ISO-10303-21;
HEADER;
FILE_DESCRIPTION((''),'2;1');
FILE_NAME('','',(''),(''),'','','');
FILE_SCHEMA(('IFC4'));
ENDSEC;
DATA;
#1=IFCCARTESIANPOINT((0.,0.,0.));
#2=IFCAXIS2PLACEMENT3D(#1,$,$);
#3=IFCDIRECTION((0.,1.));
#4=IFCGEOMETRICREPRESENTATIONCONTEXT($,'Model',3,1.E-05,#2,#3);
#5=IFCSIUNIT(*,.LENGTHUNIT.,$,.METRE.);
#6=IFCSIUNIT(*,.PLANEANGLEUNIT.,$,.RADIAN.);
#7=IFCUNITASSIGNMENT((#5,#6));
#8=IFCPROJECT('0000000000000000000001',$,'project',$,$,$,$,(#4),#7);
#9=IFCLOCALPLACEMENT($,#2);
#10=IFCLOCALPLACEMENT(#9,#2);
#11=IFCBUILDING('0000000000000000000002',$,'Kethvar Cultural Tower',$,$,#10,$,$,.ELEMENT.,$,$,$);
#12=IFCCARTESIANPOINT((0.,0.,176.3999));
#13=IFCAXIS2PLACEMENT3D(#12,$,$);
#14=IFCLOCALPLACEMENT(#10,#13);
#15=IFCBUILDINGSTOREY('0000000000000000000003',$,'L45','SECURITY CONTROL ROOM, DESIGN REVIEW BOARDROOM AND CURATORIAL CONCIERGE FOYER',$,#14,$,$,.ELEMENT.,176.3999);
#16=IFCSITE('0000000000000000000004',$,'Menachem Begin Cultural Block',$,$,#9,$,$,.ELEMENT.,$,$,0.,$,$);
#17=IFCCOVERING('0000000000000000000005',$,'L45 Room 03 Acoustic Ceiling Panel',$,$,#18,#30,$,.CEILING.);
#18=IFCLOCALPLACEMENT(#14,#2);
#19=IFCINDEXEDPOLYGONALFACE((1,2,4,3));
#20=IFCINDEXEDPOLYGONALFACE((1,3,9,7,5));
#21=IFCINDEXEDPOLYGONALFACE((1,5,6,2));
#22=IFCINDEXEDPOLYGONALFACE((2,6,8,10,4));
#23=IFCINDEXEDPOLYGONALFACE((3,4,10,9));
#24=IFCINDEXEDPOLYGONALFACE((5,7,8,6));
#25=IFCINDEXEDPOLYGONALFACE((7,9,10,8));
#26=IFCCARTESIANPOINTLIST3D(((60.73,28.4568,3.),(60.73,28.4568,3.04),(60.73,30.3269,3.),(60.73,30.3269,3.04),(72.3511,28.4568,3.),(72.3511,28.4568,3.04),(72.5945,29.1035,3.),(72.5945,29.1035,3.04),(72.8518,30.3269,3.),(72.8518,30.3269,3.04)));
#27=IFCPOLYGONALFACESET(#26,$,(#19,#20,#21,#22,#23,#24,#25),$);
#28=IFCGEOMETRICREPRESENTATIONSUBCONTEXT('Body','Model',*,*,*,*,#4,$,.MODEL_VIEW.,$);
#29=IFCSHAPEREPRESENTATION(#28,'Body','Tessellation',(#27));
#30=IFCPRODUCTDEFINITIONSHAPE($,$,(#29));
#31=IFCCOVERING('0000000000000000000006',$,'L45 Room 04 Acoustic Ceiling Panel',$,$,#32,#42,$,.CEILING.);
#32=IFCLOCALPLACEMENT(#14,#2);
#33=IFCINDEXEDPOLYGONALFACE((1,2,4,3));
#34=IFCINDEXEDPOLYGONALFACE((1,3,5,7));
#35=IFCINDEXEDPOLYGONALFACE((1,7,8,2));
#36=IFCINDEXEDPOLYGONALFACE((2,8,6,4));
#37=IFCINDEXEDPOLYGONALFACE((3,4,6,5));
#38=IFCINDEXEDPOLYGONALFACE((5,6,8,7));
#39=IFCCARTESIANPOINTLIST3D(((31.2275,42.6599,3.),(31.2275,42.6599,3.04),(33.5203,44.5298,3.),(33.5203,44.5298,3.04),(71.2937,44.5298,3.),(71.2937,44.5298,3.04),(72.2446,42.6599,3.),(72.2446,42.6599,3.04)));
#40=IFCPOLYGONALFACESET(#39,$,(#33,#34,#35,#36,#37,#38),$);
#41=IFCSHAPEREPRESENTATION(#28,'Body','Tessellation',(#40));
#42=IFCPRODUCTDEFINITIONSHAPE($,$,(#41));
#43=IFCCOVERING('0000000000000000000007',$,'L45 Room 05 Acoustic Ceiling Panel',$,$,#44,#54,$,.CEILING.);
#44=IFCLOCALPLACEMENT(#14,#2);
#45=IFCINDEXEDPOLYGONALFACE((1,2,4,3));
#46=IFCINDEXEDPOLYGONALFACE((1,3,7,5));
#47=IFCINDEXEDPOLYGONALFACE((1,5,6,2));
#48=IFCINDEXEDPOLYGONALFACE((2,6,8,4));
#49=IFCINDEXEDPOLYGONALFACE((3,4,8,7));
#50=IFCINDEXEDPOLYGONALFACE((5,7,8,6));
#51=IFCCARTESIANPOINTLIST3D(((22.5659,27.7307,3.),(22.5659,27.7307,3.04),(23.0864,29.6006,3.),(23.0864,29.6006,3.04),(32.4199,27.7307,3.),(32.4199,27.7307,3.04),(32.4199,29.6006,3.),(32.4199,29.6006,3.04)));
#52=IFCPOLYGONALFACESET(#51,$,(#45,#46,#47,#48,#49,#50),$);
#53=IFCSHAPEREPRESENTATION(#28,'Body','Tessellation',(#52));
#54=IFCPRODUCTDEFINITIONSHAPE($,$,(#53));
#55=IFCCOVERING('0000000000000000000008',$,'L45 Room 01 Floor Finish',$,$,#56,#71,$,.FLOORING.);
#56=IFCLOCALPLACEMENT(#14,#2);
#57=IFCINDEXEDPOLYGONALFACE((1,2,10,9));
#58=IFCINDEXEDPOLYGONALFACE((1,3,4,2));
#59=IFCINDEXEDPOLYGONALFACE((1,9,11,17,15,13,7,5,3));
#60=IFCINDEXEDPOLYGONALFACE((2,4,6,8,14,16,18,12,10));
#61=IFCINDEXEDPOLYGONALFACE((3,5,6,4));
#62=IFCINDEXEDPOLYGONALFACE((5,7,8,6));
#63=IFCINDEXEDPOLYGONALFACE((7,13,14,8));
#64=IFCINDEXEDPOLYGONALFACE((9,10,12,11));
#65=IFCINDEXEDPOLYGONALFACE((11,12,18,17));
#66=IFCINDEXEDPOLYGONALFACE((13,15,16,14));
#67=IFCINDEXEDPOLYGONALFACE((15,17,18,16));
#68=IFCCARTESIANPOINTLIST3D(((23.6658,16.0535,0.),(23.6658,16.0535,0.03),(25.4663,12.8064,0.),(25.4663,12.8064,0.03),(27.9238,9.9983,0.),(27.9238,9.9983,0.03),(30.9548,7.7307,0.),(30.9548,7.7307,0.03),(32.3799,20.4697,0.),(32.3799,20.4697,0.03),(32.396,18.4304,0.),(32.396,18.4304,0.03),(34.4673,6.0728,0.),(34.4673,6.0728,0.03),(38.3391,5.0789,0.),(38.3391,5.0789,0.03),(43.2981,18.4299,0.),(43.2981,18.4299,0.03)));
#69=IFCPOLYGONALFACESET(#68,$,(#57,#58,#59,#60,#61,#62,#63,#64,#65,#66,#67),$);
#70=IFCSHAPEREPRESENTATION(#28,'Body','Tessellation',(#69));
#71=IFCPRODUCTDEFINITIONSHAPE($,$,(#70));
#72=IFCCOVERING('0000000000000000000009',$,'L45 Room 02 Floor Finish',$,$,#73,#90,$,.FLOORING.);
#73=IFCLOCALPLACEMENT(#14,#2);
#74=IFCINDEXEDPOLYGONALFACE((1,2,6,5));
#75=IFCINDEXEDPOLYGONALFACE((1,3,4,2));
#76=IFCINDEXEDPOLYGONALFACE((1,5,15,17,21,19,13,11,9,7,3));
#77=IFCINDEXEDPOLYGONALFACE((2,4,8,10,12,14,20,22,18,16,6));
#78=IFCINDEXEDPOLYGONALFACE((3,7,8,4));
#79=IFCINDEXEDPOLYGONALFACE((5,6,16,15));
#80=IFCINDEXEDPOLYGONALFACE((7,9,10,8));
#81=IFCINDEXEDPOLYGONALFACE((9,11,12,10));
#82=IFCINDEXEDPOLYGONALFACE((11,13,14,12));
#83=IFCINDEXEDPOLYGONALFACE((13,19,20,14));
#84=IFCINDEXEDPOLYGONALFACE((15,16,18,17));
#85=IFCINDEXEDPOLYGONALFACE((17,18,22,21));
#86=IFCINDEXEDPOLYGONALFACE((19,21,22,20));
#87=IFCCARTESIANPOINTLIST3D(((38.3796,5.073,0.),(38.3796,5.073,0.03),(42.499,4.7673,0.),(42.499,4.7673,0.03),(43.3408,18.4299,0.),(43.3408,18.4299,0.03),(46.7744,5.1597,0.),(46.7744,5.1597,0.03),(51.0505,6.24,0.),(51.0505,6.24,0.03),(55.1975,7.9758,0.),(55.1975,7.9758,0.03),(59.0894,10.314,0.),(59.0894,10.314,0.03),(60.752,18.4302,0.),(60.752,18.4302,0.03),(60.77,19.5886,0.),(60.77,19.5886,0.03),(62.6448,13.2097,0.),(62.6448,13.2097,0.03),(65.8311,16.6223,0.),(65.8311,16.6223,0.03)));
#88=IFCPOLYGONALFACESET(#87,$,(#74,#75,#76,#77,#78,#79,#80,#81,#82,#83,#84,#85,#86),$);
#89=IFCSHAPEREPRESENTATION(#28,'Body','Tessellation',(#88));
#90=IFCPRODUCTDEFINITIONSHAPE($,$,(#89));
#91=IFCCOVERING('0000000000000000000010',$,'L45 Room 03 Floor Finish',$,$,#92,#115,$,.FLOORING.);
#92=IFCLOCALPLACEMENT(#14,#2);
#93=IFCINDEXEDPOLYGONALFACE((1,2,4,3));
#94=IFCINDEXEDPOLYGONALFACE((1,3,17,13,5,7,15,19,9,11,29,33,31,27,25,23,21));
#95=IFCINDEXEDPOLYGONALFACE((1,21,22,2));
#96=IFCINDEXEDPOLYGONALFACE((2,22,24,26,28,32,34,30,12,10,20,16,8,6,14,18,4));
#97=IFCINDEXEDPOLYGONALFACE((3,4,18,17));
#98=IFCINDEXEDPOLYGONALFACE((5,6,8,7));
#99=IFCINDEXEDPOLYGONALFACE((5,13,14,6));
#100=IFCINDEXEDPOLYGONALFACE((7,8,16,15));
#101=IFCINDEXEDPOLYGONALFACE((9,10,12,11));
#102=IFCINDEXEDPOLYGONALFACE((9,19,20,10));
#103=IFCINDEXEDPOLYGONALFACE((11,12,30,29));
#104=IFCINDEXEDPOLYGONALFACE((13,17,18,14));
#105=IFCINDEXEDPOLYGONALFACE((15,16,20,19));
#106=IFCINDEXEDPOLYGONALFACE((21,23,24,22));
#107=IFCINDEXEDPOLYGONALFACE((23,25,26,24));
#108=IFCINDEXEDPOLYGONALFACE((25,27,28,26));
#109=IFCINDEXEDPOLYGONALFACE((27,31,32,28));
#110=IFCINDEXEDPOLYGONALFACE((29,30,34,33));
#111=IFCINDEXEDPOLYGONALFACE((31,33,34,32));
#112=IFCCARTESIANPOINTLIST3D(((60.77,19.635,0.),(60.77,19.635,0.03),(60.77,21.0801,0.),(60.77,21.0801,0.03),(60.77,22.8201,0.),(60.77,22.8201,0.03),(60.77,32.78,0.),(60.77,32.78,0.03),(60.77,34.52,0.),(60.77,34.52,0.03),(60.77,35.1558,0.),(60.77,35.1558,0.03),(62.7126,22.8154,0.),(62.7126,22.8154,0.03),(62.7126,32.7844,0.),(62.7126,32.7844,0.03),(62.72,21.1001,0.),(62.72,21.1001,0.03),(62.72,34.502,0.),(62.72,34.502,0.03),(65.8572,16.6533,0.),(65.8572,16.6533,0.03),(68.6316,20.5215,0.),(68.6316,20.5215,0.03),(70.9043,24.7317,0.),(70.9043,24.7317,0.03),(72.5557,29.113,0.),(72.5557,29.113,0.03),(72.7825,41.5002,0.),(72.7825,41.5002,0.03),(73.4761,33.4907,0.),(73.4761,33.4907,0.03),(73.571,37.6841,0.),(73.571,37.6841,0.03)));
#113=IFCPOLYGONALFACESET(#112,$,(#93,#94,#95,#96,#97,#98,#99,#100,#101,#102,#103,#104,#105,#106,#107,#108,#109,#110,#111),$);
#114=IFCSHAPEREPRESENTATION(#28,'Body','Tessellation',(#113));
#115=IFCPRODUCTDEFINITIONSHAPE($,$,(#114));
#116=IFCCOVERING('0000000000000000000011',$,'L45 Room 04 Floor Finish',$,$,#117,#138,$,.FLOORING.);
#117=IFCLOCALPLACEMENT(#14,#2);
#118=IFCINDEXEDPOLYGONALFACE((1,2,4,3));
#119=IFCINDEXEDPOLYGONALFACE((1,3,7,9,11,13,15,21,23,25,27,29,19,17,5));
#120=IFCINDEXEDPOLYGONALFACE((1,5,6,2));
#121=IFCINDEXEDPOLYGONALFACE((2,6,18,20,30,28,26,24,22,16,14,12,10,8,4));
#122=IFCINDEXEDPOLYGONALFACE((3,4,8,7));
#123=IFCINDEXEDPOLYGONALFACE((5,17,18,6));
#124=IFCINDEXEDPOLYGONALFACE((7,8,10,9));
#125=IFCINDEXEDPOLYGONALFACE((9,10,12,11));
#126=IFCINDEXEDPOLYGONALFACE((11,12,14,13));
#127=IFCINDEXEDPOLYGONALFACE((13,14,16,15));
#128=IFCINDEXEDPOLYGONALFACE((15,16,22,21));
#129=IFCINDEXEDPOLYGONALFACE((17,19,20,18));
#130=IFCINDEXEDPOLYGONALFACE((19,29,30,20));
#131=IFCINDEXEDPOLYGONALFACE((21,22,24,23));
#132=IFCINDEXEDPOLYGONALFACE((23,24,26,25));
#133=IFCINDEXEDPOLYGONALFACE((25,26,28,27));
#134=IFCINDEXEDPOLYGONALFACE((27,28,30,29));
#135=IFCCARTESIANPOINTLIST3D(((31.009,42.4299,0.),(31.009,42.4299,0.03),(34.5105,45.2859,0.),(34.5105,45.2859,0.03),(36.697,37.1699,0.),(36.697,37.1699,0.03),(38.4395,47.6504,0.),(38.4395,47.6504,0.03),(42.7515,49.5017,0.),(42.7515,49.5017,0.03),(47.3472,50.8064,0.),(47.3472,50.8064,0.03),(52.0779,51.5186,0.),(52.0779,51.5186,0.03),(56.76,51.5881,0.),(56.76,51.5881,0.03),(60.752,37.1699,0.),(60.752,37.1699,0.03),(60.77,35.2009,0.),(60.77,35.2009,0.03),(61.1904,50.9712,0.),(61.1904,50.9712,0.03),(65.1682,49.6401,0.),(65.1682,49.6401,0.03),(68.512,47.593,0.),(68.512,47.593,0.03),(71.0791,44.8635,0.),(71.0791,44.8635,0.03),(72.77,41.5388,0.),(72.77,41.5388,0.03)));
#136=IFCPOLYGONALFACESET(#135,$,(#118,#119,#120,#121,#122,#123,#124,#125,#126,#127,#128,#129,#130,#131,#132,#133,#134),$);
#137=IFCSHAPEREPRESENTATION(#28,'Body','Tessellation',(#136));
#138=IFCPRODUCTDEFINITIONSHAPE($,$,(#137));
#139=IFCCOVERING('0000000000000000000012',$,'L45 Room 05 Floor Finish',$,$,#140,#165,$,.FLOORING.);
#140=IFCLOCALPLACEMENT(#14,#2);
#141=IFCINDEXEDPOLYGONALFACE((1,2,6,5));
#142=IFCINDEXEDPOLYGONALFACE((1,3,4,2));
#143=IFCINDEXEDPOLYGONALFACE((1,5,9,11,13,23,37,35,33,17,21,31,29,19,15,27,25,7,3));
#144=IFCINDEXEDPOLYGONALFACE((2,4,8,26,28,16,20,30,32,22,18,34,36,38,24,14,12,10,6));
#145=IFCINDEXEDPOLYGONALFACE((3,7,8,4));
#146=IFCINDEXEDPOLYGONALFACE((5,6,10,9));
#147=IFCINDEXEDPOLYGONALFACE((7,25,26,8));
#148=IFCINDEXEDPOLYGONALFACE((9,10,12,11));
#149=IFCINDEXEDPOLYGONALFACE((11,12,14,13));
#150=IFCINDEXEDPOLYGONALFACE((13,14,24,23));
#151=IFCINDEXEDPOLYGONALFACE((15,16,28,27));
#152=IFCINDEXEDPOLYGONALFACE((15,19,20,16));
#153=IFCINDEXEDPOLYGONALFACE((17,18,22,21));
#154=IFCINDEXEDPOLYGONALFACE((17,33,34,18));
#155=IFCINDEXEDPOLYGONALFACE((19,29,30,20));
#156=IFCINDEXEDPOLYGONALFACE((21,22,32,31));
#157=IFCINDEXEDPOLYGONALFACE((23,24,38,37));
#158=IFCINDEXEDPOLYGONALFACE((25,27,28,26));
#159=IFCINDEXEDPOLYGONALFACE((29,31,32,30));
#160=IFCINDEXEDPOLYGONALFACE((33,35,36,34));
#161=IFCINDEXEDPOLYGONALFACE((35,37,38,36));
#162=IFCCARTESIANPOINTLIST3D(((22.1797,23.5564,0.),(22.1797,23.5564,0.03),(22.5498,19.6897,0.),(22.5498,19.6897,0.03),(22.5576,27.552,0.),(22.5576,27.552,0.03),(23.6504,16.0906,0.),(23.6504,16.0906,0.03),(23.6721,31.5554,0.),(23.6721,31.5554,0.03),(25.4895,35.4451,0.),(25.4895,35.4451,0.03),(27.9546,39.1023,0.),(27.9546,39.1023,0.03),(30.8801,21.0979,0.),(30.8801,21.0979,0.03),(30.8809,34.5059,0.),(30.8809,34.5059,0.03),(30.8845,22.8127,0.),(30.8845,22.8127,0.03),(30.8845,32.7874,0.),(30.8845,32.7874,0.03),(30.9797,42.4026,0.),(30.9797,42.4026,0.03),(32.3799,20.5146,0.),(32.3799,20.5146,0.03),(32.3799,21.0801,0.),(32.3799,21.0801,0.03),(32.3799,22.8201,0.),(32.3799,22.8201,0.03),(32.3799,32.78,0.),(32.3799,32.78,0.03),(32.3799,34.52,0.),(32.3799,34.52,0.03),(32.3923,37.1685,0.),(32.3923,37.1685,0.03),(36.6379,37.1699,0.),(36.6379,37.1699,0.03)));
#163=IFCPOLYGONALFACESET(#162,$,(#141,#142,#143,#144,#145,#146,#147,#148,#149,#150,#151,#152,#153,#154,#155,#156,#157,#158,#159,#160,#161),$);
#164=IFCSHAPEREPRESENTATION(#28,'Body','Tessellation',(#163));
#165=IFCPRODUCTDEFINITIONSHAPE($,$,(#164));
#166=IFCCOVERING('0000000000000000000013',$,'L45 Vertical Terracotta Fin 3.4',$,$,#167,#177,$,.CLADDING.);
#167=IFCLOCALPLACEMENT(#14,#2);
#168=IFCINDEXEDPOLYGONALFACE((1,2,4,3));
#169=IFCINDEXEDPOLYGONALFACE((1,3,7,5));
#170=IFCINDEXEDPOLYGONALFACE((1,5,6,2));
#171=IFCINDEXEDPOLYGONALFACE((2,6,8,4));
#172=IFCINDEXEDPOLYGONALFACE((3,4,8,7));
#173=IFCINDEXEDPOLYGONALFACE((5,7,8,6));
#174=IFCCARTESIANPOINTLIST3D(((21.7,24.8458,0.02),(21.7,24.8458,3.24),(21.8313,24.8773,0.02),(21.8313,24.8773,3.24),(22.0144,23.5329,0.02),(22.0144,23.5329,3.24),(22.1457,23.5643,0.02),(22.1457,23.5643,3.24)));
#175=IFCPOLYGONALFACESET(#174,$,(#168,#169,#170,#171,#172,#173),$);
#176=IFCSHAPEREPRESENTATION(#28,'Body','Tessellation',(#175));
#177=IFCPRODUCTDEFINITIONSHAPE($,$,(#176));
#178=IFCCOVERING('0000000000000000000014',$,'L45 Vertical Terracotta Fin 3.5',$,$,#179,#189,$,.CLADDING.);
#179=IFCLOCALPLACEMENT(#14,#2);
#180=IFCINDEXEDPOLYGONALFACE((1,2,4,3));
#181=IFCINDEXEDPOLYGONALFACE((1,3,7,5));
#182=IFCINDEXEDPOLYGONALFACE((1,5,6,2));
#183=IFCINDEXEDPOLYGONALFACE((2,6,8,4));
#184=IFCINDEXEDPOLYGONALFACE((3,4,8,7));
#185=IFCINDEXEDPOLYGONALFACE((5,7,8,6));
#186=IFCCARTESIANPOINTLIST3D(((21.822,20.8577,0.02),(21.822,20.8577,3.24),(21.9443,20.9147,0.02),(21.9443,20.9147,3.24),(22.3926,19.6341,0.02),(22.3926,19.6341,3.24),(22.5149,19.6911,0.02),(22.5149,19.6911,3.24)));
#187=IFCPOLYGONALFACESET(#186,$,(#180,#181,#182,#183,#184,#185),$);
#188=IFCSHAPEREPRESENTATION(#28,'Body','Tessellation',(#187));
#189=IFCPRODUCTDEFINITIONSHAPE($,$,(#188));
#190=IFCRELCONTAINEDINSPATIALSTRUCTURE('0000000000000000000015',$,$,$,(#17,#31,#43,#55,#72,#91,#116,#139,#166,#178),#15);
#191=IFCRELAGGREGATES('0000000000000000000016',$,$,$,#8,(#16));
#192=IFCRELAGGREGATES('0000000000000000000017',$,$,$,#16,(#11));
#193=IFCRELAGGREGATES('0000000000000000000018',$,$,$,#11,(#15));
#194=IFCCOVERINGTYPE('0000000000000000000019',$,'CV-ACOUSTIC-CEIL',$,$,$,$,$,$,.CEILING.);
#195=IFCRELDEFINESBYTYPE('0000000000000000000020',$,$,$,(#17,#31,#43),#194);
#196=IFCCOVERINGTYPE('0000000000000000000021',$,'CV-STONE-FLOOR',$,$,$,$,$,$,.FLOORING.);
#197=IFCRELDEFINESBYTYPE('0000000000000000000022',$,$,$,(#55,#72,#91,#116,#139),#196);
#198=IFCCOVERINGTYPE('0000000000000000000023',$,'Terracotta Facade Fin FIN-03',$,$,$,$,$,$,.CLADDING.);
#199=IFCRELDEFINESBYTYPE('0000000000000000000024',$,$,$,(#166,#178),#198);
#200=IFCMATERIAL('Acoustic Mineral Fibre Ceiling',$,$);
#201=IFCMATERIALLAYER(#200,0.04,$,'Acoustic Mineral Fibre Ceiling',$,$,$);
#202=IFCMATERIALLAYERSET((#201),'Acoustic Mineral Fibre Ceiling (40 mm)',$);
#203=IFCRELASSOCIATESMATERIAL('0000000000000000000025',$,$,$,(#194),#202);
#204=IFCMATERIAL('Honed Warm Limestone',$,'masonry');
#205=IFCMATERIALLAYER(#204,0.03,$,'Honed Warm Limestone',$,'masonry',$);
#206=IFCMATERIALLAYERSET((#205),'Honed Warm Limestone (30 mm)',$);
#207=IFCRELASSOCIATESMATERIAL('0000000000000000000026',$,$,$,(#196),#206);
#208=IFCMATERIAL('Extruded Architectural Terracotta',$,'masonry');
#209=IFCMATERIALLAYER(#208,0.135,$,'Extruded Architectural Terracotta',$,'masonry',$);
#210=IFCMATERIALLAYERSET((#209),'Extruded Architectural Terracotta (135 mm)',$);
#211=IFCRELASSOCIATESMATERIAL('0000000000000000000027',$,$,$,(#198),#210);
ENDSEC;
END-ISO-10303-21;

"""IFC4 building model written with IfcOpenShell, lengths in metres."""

from ifc_helpers import new_model, si_unit, direction, frame, origin, origin_2d, place, context, subcontext, project, spatial, polyline, rectangle, outline, extrude, source, transform, mapped, material, layer, layer_set, type_object, element, save


model = new_model("IFC4")

# Units and contexts
model_context = context("Model", 3, precision=1e-05, world=origin(), true_north=direction((0.0, 1.0)))
body_context = subcontext(model_context, "Body", "Model", "MODEL_VIEW")
ifc_project = project(units=[si_unit("LENGTHUNIT", "METRE"), si_unit("PLANEANGLEUNIT", "RADIAN")], contexts=[model_context])

# Site, building, storey
site_placement = place(None, origin())
site = spatial("IfcSite", under=ifc_project, at=site_placement, Name="Menachem Begin Cultural Block", CompositionType="ELEMENT", RefElevation=0.0)
building_placement = place(site_placement, origin())
building = spatial("IfcBuilding", under=site, at=building_placement, Name="Kethvar Cultural Tower", CompositionType="ELEMENT")
storey_placement = place(building_placement, frame((0.0, 0.0, 176.3999)))
storey = spatial("IfcBuildingStorey", under=building, at=storey_placement, Name="L45", Description="SECURITY CONTROL ROOM, DESIGN REVIEW BOARDROOM AND CURATORIAL CONCIERGE FOYER", CompositionType="ELEMENT", Elevation=176.3999)

# Coverings
ifc_material_1 = material(Name="Acoustic Mineral Fibre Ceiling")
ifc_layer_1 = layer(ifc_material_1, 0.04, Name="Acoustic Mineral Fibre Ceiling")
ifc_layer_set_1 = layer_set([ifc_layer_1], Name="Acoustic Mineral Fibre Ceiling (40 mm)")
covering_type_1 = type_object("IfcCoveringType", Name="CV-ACOUSTIC-CEIL", PredefinedType="CEILING", material=ifc_layer_set_1)
covering_1_placement = place(storey_placement, frame((0.0, 0.0, 3.0)))
element("IfcCovering", 1, at=covering_1_placement, inside=storey, type_object=covering_type_1, Name="L45 Room 03 Acoustic Ceiling Panel", PredefinedType="CEILING", context=body_context, shape_type="SweptSolid", body=[
    extrude(outline(polyline([(72.5945, 29.1035), (72.3511, 28.4568), (60.73, 28.4568), (60.73, 30.3269), (72.8518, 30.3269), (72.5945, 29.1035)])), origin(), (0.0, 0.0, 1.0), 0.04),
])
covering_2_placement = place(storey_placement, frame((0.0, 0.0, 3.0)))
element("IfcCovering", 2, at=covering_2_placement, inside=storey, type_object=covering_type_1, Name="L45 Room 04 Acoustic Ceiling Panel", PredefinedType="CEILING", context=body_context, shape_type="SweptSolid", body=[
    extrude(outline(polyline([(72.2446, 42.6599), (31.2275, 42.6599), (33.5203, 44.5298), (71.2937, 44.5298), (72.2446, 42.6599)])), origin(), (0.0, 0.0, 1.0), 0.04),
])
covering_3_placement = place(storey_placement, frame((0.0, 0.0, 3.0)))
element("IfcCovering", 3, at=covering_3_placement, inside=storey, type_object=covering_type_1, Name="L45 Room 05 Acoustic Ceiling Panel", PredefinedType="CEILING", context=body_context, shape_type="SweptSolid", body=[
    extrude(outline(polyline([(23.0864, 29.6006), (32.4199, 29.6006), (32.4199, 27.7307), (22.5659, 27.7307), (23.0864, 29.6006)])), origin(), (0.0, 0.0, 1.0), 0.04),
])
ifc_material_2 = material(Name="Honed Warm Limestone", Category="masonry")
ifc_layer_2 = layer(ifc_material_2, 0.03, Name="Honed Warm Limestone", Category="masonry")
ifc_layer_set_2 = layer_set([ifc_layer_2], Name="Honed Warm Limestone (30 mm)")
covering_type_2 = type_object("IfcCoveringType", Name="CV-STONE-FLOOR", PredefinedType="FLOORING", material=ifc_layer_set_2)
covering_4_placement = place(storey_placement, origin())
element("IfcCovering", 4, at=covering_4_placement, inside=storey, type_object=covering_type_2, Name="L45 Room 01 Floor Finish", PredefinedType="FLOORING", context=body_context, shape_type="SweptSolid", body=[
    extrude(outline(polyline([(34.4673, 6.0728), (30.9548, 7.7307), (27.9238, 9.9983), (25.4663, 12.8064), (23.6658, 16.0535), (32.3799, 20.4697), (32.396, 18.4304), (43.2981, 18.4299), (38.3391, 5.0789), (34.4673, 6.0728)])), origin(), (0.0, 0.0, 1.0), 0.03),
])
covering_5_placement = place(storey_placement, origin())
element("IfcCovering", 5, at=covering_5_placement, inside=storey, type_object=covering_type_2, Name="L45 Room 02 Floor Finish", PredefinedType="FLOORING", context=body_context, shape_type="SweptSolid", body=[
    extrude(outline(polyline([(62.6448, 13.2097), (59.0894, 10.314), (55.1975, 7.9758), (51.0505, 6.24), (46.7744, 5.1597), (42.499, 4.7673), (38.3796, 5.073), (43.3408, 18.4299), (60.752, 18.4302), (60.77, 19.5886), (65.8311, 16.6223), (62.6448, 13.2097)])), origin(), (0.0, 0.0, 1.0), 0.03),
])
covering_6_placement = place(storey_placement, origin())
element("IfcCovering", 6, at=covering_6_placement, inside=storey, type_object=covering_type_2, Name="L45 Room 03 Floor Finish", PredefinedType="FLOORING", context=body_context, shape_type="SweptSolid", body=[
    extrude(outline(polyline([(73.571, 37.6841), (73.4761, 33.4907), (72.5557, 29.113), (70.9043, 24.7317), (68.6316, 20.5215), (65.8572, 16.6533), (60.77, 19.635), (60.77, 21.0801), (62.72, 21.1001), (62.7126, 22.8154), (60.77, 22.8201), (60.77, 32.78), (62.7126, 32.7844), (62.72, 34.502), (60.77, 34.52), (60.77, 35.1558), (72.7825, 41.5002), (73.571, 37.6841)])), origin(), (0.0, 0.0, 1.0), 0.03),
])
covering_7_placement = place(storey_placement, origin())
element("IfcCovering", 7, at=covering_7_placement, inside=storey, type_object=covering_type_2, Name="L45 Room 04 Floor Finish", PredefinedType="FLOORING", context=body_context, shape_type="SweptSolid", body=[
    extrude(outline(polyline([(34.5105, 45.2859), (38.4395, 47.6504), (42.7515, 49.5017), (47.3472, 50.8064), (52.0779, 51.5186), (56.76, 51.5881), (61.1904, 50.9712), (65.1682, 49.6401), (68.512, 47.593), (71.0791, 44.8635), (72.77, 41.5388), (60.77, 35.2009), (60.752, 37.1699), (36.697, 37.1699), (31.009, 42.4299), (34.5105, 45.2859)])), origin(), (0.0, 0.0, 1.0), 0.03),
])
covering_8_placement = place(storey_placement, origin())
element("IfcCovering", 8, at=covering_8_placement, inside=storey, type_object=covering_type_2, Name="L45 Room 05 Floor Finish", PredefinedType="FLOORING", context=body_context, shape_type="SweptSolid", body=[
    extrude(outline(polyline([(22.5498, 19.6897), (22.1797, 23.5564), (22.5576, 27.552), (23.6721, 31.5554), (25.4895, 35.4451), (27.9546, 39.1023), (30.9797, 42.4026), (36.6379, 37.1699), (32.3923, 37.1685), (32.3799, 34.52), (30.8809, 34.5059), (30.8845, 32.7874), (32.3799, 32.78), (32.3799, 22.8201), (30.8845, 22.8127), (30.8801, 21.0979), (32.3799, 21.0801), (32.3799, 20.5146), (23.6504, 16.0906), (22.5498, 19.6897)])), origin(), (0.0, 0.0, 1.0), 0.03),
])
ifc_material_3 = material(Name="Extruded Architectural Terracotta", Category="masonry")
ifc_layer_3 = layer(ifc_material_3, 0.135, Name="Extruded Architectural Terracotta", Category="masonry")
ifc_layer_set_3 = layer_set([ifc_layer_3], Name="Extruded Architectural Terracotta (135 mm)")
covering_type_3 = type_object("IfcCoveringType", Name="Terracotta Facade Fin FIN-03", PredefinedType="CLADDING", material=ifc_layer_set_3)
shared_shape_1 = source(origin(), body_context, "Body", "SweptSolid", [
    extrude(rectangle(XDim=1.3501, YDim=0.135, at=origin_2d()), origin(), (0.0, 0.0, 1.0), 3.22),
])
for number, where, z_axis, x_axis, name in (
    (9, (21.9229, 24.2051, 0.02), (0.0, 0.0, 1.0), (-0.232936, 0.972492, 0.0), "L45 Vertical Terracotta Fin 3.4"),
    (10, (22.1685, 20.2744, 0.02), (0.0, 0.0, 1.0), (-0.422618, 0.906308, 0.0), "L45 Vertical Terracotta Fin 3.5"),
):
    element("IfcCovering", number, at=place(storey_placement, frame(where, z_axis=z_axis, x_axis=x_axis)), inside=storey, type_object=covering_type_3, Name=name, PredefinedType="CLADDING", context=body_context, shape_type="MappedRepresentation", body=[
        mapped(shared_shape_1, transform((0.0, 0.0, 0.0), scale=1.0)),
    ])

save(model, "model.ifc")
